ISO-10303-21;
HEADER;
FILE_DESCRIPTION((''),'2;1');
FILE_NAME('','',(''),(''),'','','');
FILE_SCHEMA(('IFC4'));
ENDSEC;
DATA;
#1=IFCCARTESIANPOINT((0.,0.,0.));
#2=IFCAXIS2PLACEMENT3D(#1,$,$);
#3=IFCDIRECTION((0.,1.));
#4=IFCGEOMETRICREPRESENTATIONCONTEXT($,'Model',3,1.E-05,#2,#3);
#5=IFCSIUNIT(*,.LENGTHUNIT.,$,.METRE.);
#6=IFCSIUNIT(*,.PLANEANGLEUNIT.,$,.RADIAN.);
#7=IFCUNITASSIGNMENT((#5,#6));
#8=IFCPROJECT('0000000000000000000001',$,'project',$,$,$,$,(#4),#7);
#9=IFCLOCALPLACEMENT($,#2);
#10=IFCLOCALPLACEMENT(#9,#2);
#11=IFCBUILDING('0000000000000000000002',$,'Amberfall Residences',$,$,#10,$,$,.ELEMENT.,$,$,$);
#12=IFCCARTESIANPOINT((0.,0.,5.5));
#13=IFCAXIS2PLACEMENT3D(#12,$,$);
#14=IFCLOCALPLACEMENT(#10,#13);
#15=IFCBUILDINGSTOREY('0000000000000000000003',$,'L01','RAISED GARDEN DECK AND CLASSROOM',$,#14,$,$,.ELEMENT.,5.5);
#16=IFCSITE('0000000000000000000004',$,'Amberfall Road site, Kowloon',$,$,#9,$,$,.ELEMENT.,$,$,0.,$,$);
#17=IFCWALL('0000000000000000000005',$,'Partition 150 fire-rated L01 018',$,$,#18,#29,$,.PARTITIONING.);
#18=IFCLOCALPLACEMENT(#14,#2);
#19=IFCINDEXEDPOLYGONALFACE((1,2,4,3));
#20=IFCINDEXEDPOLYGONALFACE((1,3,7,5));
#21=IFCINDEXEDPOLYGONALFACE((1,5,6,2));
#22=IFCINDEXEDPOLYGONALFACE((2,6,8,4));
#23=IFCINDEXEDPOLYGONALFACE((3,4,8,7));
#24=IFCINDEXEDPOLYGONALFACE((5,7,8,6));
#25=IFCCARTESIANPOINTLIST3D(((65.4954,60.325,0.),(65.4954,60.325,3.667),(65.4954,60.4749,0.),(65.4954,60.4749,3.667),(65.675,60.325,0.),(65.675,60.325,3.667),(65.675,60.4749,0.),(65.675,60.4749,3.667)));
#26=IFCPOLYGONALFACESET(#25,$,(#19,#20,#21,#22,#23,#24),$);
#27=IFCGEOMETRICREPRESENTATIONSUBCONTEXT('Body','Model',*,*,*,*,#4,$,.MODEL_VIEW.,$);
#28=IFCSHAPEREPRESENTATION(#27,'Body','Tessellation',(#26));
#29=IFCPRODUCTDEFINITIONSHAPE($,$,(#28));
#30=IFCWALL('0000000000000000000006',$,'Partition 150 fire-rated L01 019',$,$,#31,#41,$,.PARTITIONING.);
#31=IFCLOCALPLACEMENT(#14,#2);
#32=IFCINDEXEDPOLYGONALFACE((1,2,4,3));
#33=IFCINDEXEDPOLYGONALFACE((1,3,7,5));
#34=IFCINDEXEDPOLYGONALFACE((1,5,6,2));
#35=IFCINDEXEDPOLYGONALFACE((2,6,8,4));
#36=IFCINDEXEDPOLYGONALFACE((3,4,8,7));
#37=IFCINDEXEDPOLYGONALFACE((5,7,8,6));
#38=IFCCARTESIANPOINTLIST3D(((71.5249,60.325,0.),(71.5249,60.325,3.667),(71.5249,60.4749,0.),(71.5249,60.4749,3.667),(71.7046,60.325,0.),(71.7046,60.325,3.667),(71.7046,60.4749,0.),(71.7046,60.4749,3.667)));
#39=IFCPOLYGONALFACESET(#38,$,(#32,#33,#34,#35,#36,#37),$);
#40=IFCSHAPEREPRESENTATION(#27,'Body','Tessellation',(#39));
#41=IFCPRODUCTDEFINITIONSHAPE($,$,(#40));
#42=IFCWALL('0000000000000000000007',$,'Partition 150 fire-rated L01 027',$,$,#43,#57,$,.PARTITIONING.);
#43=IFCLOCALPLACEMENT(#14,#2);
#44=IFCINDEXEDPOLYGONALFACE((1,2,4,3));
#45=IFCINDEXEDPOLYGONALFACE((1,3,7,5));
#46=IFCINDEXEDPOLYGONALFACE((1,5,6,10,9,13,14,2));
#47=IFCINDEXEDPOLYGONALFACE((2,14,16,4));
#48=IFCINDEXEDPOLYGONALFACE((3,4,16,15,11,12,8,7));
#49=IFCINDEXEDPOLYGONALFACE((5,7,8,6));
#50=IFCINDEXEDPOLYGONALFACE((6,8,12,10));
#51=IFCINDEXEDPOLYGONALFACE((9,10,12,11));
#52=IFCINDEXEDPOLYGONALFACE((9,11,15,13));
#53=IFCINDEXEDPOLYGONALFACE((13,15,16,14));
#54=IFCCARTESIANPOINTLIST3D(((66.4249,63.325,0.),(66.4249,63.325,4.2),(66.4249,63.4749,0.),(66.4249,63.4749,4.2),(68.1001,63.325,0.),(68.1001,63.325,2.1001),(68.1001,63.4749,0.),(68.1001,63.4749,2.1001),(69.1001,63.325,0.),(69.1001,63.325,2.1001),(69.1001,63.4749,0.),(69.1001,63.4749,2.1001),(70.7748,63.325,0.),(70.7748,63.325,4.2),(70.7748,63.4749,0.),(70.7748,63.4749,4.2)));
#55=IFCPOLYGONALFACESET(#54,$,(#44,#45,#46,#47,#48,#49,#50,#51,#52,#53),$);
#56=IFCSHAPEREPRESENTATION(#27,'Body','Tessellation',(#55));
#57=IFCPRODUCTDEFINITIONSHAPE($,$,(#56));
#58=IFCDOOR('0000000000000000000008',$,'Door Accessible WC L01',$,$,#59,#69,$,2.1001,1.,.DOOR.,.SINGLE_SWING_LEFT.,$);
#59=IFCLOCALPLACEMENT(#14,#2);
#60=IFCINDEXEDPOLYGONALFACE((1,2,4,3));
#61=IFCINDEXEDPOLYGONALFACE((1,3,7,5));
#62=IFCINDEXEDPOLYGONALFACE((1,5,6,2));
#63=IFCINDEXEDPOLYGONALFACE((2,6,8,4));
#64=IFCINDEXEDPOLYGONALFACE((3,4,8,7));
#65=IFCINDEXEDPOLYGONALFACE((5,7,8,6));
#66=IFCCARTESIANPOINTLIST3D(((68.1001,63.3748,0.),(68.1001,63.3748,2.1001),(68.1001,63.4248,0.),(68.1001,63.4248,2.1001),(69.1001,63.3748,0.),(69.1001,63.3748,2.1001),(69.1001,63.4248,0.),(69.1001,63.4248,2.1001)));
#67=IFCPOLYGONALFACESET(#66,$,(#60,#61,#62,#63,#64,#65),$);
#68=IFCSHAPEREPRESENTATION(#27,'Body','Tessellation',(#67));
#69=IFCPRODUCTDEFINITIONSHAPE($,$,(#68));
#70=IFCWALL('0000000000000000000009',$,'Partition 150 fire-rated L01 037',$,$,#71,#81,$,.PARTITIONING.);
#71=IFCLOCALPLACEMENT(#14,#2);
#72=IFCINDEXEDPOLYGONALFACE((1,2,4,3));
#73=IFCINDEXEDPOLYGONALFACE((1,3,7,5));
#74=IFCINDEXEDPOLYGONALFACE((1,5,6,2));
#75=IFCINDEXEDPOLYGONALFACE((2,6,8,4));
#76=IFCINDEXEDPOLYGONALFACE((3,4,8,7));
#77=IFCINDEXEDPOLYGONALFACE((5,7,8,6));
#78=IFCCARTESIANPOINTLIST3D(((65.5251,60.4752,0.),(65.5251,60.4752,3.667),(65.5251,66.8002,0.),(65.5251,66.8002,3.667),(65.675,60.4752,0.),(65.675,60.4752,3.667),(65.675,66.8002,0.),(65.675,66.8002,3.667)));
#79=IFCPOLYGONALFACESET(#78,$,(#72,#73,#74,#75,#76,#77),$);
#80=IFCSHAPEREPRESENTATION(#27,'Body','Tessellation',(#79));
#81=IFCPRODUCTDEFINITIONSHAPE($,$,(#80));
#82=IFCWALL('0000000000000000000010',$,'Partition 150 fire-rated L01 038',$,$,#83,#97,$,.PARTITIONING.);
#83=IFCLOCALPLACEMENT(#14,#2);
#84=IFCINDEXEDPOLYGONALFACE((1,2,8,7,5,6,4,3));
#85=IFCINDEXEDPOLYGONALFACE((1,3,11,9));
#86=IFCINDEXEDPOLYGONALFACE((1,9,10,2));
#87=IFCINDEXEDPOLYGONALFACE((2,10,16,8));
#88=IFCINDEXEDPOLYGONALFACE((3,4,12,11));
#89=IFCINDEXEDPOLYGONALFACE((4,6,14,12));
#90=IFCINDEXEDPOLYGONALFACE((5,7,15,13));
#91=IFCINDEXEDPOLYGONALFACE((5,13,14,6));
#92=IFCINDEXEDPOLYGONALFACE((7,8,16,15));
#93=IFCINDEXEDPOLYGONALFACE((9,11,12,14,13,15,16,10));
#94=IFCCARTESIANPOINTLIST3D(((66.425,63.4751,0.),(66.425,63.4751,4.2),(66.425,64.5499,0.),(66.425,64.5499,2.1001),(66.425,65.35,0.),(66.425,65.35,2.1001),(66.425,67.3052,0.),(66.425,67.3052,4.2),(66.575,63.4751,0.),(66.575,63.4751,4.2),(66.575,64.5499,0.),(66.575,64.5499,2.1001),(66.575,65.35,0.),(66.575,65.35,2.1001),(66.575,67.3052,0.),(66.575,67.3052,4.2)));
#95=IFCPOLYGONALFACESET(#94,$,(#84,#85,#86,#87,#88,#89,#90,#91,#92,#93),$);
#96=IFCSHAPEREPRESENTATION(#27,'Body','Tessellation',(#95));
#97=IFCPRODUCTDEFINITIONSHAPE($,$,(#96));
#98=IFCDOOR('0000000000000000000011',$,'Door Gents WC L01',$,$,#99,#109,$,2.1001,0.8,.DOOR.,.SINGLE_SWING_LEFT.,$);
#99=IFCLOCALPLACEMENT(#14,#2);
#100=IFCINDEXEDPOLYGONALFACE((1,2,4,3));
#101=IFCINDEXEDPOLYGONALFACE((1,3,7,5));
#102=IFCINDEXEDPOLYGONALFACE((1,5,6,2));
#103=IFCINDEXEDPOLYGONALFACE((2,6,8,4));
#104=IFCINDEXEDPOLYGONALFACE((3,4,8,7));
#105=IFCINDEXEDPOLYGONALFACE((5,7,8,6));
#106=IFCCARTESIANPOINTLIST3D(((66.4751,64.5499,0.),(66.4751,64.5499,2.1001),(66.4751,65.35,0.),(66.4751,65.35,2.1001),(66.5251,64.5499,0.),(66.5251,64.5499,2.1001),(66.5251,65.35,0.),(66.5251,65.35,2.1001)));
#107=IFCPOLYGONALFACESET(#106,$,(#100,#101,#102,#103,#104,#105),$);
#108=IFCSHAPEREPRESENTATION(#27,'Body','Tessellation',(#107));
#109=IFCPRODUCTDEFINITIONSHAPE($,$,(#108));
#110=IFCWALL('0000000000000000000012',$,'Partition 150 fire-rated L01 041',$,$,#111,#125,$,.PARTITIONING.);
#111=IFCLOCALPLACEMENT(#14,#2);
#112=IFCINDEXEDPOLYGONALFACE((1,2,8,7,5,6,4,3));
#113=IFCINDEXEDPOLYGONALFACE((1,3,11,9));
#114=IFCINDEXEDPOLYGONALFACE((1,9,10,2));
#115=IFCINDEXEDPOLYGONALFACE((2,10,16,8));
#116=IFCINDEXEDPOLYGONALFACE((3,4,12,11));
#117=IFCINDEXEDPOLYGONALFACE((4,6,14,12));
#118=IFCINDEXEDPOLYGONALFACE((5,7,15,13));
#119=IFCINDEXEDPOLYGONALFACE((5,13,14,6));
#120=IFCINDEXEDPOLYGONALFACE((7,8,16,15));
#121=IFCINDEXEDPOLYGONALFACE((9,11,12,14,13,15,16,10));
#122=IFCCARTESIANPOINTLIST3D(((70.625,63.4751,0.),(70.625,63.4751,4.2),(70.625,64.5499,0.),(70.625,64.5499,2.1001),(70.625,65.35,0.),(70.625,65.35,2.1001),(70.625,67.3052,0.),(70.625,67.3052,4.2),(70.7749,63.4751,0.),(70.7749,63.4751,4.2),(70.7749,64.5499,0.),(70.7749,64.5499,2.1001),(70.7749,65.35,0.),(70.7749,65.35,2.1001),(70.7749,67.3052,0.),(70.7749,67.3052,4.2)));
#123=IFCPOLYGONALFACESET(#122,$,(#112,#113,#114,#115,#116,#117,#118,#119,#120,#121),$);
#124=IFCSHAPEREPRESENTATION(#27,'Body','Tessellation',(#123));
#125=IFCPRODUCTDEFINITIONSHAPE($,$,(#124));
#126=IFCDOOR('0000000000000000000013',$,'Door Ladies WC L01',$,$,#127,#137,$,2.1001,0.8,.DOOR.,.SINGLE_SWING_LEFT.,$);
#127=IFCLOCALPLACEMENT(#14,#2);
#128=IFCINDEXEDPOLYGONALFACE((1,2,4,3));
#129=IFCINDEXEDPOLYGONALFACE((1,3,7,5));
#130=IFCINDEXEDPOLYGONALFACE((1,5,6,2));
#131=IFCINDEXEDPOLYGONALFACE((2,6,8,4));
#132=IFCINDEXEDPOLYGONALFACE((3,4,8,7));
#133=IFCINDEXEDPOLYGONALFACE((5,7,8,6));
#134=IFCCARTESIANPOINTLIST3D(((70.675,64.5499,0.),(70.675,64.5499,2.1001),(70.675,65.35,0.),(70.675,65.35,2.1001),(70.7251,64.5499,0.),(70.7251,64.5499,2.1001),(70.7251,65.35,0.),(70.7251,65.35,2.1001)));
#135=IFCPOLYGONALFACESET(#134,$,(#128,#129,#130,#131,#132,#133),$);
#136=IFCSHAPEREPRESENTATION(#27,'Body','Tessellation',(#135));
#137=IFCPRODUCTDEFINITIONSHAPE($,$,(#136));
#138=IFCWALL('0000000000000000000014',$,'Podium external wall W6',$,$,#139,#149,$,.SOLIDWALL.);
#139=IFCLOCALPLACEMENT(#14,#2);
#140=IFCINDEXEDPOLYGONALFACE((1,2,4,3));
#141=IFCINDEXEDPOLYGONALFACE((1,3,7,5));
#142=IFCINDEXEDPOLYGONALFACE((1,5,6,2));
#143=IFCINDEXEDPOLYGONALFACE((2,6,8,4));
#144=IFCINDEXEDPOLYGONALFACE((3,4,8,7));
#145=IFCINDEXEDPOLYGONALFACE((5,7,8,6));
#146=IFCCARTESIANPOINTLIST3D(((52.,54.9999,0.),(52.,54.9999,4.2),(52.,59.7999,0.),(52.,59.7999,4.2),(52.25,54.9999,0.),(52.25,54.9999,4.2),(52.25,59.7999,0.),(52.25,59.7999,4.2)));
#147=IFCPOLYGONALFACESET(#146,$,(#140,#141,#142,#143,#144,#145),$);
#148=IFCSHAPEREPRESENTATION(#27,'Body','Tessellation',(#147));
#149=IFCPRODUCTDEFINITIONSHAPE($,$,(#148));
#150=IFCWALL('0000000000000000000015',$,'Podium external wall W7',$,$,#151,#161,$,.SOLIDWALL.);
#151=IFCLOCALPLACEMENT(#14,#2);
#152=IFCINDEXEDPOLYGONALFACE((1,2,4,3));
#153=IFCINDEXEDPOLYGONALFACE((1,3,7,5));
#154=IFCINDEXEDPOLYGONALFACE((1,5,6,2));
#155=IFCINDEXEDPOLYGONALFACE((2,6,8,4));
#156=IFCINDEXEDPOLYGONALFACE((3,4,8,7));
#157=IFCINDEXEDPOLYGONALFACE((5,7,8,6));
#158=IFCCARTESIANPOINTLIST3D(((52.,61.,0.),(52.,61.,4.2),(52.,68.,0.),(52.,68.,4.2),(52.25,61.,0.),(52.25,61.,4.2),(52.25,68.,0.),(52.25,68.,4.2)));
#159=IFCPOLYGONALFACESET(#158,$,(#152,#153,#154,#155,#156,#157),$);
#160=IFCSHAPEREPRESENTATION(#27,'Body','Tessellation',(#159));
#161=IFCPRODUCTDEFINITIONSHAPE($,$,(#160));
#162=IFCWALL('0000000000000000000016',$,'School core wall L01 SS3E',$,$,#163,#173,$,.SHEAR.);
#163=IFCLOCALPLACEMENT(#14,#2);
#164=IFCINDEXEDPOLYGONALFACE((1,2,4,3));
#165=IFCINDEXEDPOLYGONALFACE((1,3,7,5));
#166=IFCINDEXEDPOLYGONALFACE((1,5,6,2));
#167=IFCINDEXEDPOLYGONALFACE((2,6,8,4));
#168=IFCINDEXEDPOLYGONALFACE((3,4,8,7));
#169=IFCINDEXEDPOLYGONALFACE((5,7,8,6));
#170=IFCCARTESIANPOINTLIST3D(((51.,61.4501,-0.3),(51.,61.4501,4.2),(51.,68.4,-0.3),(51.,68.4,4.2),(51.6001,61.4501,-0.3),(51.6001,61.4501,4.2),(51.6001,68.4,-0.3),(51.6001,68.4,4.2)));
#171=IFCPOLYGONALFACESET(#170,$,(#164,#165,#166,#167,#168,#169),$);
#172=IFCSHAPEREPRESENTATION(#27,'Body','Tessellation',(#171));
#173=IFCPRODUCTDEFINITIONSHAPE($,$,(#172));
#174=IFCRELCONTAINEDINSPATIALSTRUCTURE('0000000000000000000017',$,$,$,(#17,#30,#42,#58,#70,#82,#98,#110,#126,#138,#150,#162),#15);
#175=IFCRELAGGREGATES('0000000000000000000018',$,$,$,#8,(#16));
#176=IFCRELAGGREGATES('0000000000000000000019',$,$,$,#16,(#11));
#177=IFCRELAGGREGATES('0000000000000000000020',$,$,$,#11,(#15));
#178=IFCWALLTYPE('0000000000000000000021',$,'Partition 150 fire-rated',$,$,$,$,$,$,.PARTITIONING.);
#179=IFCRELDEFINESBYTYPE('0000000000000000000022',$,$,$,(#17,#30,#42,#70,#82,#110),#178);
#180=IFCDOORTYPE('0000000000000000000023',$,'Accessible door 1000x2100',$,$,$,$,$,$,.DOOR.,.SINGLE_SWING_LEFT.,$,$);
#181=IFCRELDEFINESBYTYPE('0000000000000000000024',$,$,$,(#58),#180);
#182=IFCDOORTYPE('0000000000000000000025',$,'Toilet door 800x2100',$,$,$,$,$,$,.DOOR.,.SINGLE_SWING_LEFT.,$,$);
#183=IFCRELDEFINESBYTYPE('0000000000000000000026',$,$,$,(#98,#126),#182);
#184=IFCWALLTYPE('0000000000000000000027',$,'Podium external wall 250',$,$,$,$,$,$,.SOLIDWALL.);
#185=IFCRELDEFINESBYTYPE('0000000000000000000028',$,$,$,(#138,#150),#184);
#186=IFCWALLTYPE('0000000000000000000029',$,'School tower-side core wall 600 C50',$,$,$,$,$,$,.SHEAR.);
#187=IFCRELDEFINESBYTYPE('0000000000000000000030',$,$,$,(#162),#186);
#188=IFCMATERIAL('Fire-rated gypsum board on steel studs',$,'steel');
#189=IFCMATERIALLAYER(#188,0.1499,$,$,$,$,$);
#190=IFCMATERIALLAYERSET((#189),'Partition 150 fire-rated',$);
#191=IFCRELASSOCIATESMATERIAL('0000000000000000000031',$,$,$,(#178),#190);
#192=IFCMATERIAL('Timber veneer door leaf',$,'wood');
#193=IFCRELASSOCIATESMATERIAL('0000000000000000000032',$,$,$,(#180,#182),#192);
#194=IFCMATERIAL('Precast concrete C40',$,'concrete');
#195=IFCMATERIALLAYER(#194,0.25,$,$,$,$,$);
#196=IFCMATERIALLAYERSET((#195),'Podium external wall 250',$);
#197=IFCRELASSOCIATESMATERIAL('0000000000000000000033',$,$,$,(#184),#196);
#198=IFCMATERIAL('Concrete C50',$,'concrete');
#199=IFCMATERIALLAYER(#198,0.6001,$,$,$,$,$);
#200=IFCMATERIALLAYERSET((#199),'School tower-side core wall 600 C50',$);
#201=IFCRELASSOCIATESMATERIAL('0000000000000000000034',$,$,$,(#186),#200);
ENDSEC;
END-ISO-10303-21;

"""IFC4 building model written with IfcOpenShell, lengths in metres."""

from ifc_helpers import new_model, si_unit, direction, frame, frame_2d, origin, place, context, subcontext, project, spatial, rectangle, extrude, material, layer, layer_set, type_object, element, fill, save


model = new_model("IFC4")

# Units and contexts
model_context = context("Model", 3, precision=1e-05, world=origin(), true_north=direction((0.0, 1.0)))
body_context = subcontext(model_context, "Body", "Model", "MODEL_VIEW")
ifc_project = project(units=[si_unit("LENGTHUNIT", "METRE"), si_unit("PLANEANGLEUNIT", "RADIAN")], contexts=[model_context])

# Site, building, storey
site_placement = place(None, origin())
site = spatial("IfcSite", under=ifc_project, at=site_placement, Name="Amberfall Road site, Kowloon", CompositionType="ELEMENT", RefElevation=0.0)
building_placement = place(site_placement, origin())
building = spatial("IfcBuilding", under=site, at=building_placement, Name="Amberfall Residences", CompositionType="ELEMENT")
storey_placement = place(building_placement, frame((0.0, 0.0, 5.5)))
storey = spatial("IfcBuildingStorey", under=building, at=storey_placement, Name="L01", Description="RAISED GARDEN DECK AND CLASSROOM", CompositionType="ELEMENT", Elevation=5.5)

# Shared definitions
ifc_material_1 = material(Name="Concrete C50", Category="concrete")

# Shared definitions
ifc_material_2 = material(Name="Fire-rated gypsum board on steel studs", Category="steel")
ifc_layer_1 = layer(ifc_material_2, 0.1499)
ifc_layer_set_1 = layer_set([ifc_layer_1], Name="Partition 150 fire-rated")
wall_type_1 = type_object("IfcWallType", Name="Partition 150 fire-rated", PredefinedType="PARTITIONING", material=ifc_layer_set_1)

# Walls
for number, where, z_axis, x_axis, name in (
    (1, (65.4954, 60.3999, 0.0), (0.0, 0.0, 1.0), (1.0, 0.0, 0.0), "Partition 150 fire-rated L01 018"),
    (2, (71.5249, 60.3999, 0.0), (0.0, 0.0, 1.0), (1.0, 0.0, 0.0), "Partition 150 fire-rated L01 019"),
):
    element("IfcWall", number, at=place(storey_placement, frame(where, z_axis=z_axis, x_axis=x_axis)), inside=storey, type_object=wall_type_1, Name=name, PredefinedType="PARTITIONING", context=body_context, shape_type="SweptSolid", body=[
        extrude(rectangle(XDim=0.1797, YDim=0.1499, at=frame_2d((0.0898, 0.0))), origin(), (0.0, 0.0, 1.0), 3.667),
    ])

# Wall, opening, door
wall_1_placement = place(storey_placement, frame((66.425, 63.3999, 0.0), z_axis=(0.0, 0.0, 1.0), x_axis=(1.0, 0.0, 0.0)))
wall_1 = element("IfcWall", 3, at=wall_1_placement, inside=storey, type_object=wall_type_1, Name="Partition 150 fire-rated L01 027", PredefinedType="PARTITIONING", context=body_context, shape_type="SweptSolid", body=[
    extrude(rectangle(XDim=4.3499, YDim=0.1499, at=frame_2d((2.1748, 0.0))), origin(), (0.0, 0.0, 1.0), 4.2),
])
opening_1_placement = place(wall_1_placement, frame((1.675, 0.0, 0.0)))
opening_1 = element("IfcOpeningElement", 4, at=opening_1_placement, cuts=wall_1, PredefinedType="OPENING", context=body_context, shape_type="SweptSolid", body=[
    extrude(rectangle(XDim=1.0, YDim=2.1001, at=frame_2d((0.5, 1.05))), frame((0.0, 0.085, 0.0), z_axis=(0.0, -1.0, 0.0), x_axis=(1.0, 0.0, 0.0)), (0.0, 0.0, 1.0), 0.1699),
])
ifc_material_3 = material(Name="Timber veneer door leaf", Category="wood")
door_type_1 = type_object("IfcDoorType", Name="Accessible door 1000x2100", OperationType="SINGLE_SWING_LEFT", PredefinedType="DOOR", material=ifc_material_3)
door_1_placement = place(opening_1_placement, origin())
door_1 = element("IfcDoor", 5, at=door_1_placement, inside=storey, type_object=door_type_1, Name="Door Accessible WC L01", OperationType="SINGLE_SWING_LEFT", OverallHeight=2.1001, OverallWidth=1.0, PredefinedType="DOOR", context=body_context, shape_type="SweptSolid", body=[
    extrude(rectangle(XDim=1.0, YDim=2.1001, at=frame_2d((0.5, 1.05))), frame((0.0, 0.0249, 0.0), z_axis=(0.0, -1.0, 0.0), x_axis=(1.0, 0.0, 0.0)), (0.0, 0.0, 1.0), 0.05),
])
fill(opening_1, door_1)

# Wall
wall_2_placement = place(storey_placement, frame((65.6001, 60.4751, 0.0), z_axis=(0.0, 0.0, 1.0), x_axis=(0.0, 1.0, 0.0)))
element("IfcWall", 6, at=wall_2_placement, inside=storey, type_object=wall_type_1, Name="Partition 150 fire-rated L01 037", PredefinedType="PARTITIONING", context=body_context, shape_type="SweptSolid", body=[
    extrude(rectangle(XDim=6.325, YDim=0.1499, at=frame_2d((3.1626, 0.0))), origin(), (0.0, 0.0, 1.0), 3.667),
])

# Walls, openings, doors
wall_3_placement = place(storey_placement, frame((66.5, 63.4751, 0.0), z_axis=(0.0, 0.0, 1.0), x_axis=(0.0, 1.0, 0.0)))
wall_3 = element("IfcWall", 7, at=wall_3_placement, inside=storey, type_object=wall_type_1, Name="Partition 150 fire-rated L01 038", PredefinedType="PARTITIONING", context=body_context, shape_type="SweptSolid", body=[
    extrude(rectangle(XDim=3.8301, YDim=0.1499, at=frame_2d((1.915, 0.0))), origin(), (0.0, 0.0, 1.0), 4.2),
])
opening_2_placement = place(wall_3_placement, frame((1.075, 0.0, 0.0)))
opening_2 = element("IfcOpeningElement", 8, at=opening_2_placement, cuts=wall_3, PredefinedType="OPENING", context=body_context, shape_type="SweptSolid", body=[
    extrude(rectangle(XDim=0.8, YDim=2.1001, at=frame_2d((0.3999, 1.05))), frame((0.0, 0.085, 0.0), z_axis=(0.0, -1.0, 0.0), x_axis=(1.0, 0.0, 0.0)), (0.0, 0.0, 1.0), 0.1699),
])
door_type_2 = type_object("IfcDoorType", Name="Toilet door 800x2100", OperationType="SINGLE_SWING_LEFT", PredefinedType="DOOR", material=ifc_material_3)
door_2_placement = place(opening_2_placement, origin())
door_2 = element("IfcDoor", 9, at=door_2_placement, inside=storey, type_object=door_type_2, Name="Door Gents WC L01", OperationType="SINGLE_SWING_LEFT", OverallHeight=2.1001, OverallWidth=0.8, PredefinedType="DOOR", context=body_context, shape_type="SweptSolid", body=[
    extrude(rectangle(XDim=0.8, YDim=2.1001, at=frame_2d((0.3999, 1.05))), frame((0.0, 0.0249, 0.0), z_axis=(0.0, -1.0, 0.0), x_axis=(1.0, 0.0, 0.0)), (0.0, 0.0, 1.0), 0.05),
])
fill(opening_2, door_2)
wall_4_placement = place(storey_placement, frame((70.7, 63.4751, 0.0), z_axis=(0.0, 0.0, 1.0), x_axis=(0.0, 1.0, 0.0)))
wall_4 = element("IfcWall", 10, at=wall_4_placement, inside=storey, type_object=wall_type_1, Name="Partition 150 fire-rated L01 041", PredefinedType="PARTITIONING", context=body_context, shape_type="SweptSolid", body=[
    extrude(rectangle(XDim=3.8301, YDim=0.1499, at=frame_2d((1.915, 0.0))), origin(), (0.0, 0.0, 1.0), 4.2),
])
opening_3_placement = place(wall_4_placement, frame((1.075, 0.0, 0.0)))
opening_3 = element("IfcOpeningElement", 11, at=opening_3_placement, cuts=wall_4, PredefinedType="OPENING", context=body_context, shape_type="SweptSolid", body=[
    extrude(rectangle(XDim=0.8, YDim=2.1001, at=frame_2d((0.3999, 1.05))), frame((0.0, 0.085, 0.0), z_axis=(0.0, -1.0, 0.0), x_axis=(1.0, 0.0, 0.0)), (0.0, 0.0, 1.0), 0.1699),
])
door_3_placement = place(opening_3_placement, origin())
door_3 = element("IfcDoor", 12, at=door_3_placement, inside=storey, type_object=door_type_2, Name="Door Ladies WC L01", OperationType="SINGLE_SWING_LEFT", OverallHeight=2.1001, OverallWidth=0.8, PredefinedType="DOOR", context=body_context, shape_type="SweptSolid", body=[
    extrude(rectangle(XDim=0.8, YDim=2.1001, at=frame_2d((0.3999, 1.05))), frame((0.0, 0.0249, 0.0), z_axis=(0.0, -1.0, 0.0), x_axis=(1.0, 0.0, 0.0)), (0.0, 0.0, 1.0), 0.05),
])
fill(opening_3, door_3)

# Walls
ifc_material_4 = material(Name="Precast concrete C40", Category="concrete")
ifc_layer_2 = layer(ifc_material_4, 0.25)
ifc_layer_set_2 = layer_set([ifc_layer_2], Name="Podium external wall 250")
wall_type_2 = type_object("IfcWallType", Name="Podium external wall 250", PredefinedType="SOLIDWALL", material=ifc_layer_set_2)
wall_5_placement = place(storey_placement, frame((52.125, 55.0, 0.0), z_axis=(0.0, 0.0, 1.0), x_axis=(0.0, 1.0, 0.0)))
element("IfcWall", 13, at=wall_5_placement, inside=storey, type_object=wall_type_2, Name="Podium external wall W6", PredefinedType="SOLIDWALL", context=body_context, shape_type="SweptSolid", body=[
    extrude(rectangle(XDim=4.8, YDim=0.25, at=frame_2d((2.3999, 0.0))), origin(), (0.0, 0.0, 1.0), 4.2),
])
wall_6_placement = place(storey_placement, frame((52.125, 61.0, 0.0), z_axis=(0.0, 0.0, 1.0), x_axis=(0.0, 1.0, 0.0)))
element("IfcWall", 14, at=wall_6_placement, inside=storey, type_object=wall_type_2, Name="Podium external wall W7", PredefinedType="SOLIDWALL", context=body_context, shape_type="SweptSolid", body=[
    extrude(rectangle(XDim=7.0, YDim=0.25, at=frame_2d((3.5, 0.0))), origin(), (0.0, 0.0, 1.0), 4.2),
])
ifc_layer_3 = layer(ifc_material_1, 0.6001)
ifc_layer_set_3 = layer_set([ifc_layer_3], Name="School tower-side core wall 600 C50")
wall_type_3 = type_object("IfcWallType", Name="School tower-side core wall 600 C50", PredefinedType="SHEAR", material=ifc_layer_set_3)
wall_7_placement = place(storey_placement, frame((51.3, 61.45, -0.3), z_axis=(0.0, 0.0, 1.0), x_axis=(0.0, 1.0, 0.0)))
element("IfcWall", 15, at=wall_7_placement, inside=storey, type_object=wall_type_3, Name="School core wall L01 SS3E", PredefinedType="SHEAR", context=body_context, shape_type="SweptSolid", body=[
    extrude(rectangle(XDim=6.95, YDim=0.6001, at=frame_2d((3.4751, 0.0))), origin(), (0.0, 0.0, 1.0), 4.5),
])

save(model, "model.ifc")
